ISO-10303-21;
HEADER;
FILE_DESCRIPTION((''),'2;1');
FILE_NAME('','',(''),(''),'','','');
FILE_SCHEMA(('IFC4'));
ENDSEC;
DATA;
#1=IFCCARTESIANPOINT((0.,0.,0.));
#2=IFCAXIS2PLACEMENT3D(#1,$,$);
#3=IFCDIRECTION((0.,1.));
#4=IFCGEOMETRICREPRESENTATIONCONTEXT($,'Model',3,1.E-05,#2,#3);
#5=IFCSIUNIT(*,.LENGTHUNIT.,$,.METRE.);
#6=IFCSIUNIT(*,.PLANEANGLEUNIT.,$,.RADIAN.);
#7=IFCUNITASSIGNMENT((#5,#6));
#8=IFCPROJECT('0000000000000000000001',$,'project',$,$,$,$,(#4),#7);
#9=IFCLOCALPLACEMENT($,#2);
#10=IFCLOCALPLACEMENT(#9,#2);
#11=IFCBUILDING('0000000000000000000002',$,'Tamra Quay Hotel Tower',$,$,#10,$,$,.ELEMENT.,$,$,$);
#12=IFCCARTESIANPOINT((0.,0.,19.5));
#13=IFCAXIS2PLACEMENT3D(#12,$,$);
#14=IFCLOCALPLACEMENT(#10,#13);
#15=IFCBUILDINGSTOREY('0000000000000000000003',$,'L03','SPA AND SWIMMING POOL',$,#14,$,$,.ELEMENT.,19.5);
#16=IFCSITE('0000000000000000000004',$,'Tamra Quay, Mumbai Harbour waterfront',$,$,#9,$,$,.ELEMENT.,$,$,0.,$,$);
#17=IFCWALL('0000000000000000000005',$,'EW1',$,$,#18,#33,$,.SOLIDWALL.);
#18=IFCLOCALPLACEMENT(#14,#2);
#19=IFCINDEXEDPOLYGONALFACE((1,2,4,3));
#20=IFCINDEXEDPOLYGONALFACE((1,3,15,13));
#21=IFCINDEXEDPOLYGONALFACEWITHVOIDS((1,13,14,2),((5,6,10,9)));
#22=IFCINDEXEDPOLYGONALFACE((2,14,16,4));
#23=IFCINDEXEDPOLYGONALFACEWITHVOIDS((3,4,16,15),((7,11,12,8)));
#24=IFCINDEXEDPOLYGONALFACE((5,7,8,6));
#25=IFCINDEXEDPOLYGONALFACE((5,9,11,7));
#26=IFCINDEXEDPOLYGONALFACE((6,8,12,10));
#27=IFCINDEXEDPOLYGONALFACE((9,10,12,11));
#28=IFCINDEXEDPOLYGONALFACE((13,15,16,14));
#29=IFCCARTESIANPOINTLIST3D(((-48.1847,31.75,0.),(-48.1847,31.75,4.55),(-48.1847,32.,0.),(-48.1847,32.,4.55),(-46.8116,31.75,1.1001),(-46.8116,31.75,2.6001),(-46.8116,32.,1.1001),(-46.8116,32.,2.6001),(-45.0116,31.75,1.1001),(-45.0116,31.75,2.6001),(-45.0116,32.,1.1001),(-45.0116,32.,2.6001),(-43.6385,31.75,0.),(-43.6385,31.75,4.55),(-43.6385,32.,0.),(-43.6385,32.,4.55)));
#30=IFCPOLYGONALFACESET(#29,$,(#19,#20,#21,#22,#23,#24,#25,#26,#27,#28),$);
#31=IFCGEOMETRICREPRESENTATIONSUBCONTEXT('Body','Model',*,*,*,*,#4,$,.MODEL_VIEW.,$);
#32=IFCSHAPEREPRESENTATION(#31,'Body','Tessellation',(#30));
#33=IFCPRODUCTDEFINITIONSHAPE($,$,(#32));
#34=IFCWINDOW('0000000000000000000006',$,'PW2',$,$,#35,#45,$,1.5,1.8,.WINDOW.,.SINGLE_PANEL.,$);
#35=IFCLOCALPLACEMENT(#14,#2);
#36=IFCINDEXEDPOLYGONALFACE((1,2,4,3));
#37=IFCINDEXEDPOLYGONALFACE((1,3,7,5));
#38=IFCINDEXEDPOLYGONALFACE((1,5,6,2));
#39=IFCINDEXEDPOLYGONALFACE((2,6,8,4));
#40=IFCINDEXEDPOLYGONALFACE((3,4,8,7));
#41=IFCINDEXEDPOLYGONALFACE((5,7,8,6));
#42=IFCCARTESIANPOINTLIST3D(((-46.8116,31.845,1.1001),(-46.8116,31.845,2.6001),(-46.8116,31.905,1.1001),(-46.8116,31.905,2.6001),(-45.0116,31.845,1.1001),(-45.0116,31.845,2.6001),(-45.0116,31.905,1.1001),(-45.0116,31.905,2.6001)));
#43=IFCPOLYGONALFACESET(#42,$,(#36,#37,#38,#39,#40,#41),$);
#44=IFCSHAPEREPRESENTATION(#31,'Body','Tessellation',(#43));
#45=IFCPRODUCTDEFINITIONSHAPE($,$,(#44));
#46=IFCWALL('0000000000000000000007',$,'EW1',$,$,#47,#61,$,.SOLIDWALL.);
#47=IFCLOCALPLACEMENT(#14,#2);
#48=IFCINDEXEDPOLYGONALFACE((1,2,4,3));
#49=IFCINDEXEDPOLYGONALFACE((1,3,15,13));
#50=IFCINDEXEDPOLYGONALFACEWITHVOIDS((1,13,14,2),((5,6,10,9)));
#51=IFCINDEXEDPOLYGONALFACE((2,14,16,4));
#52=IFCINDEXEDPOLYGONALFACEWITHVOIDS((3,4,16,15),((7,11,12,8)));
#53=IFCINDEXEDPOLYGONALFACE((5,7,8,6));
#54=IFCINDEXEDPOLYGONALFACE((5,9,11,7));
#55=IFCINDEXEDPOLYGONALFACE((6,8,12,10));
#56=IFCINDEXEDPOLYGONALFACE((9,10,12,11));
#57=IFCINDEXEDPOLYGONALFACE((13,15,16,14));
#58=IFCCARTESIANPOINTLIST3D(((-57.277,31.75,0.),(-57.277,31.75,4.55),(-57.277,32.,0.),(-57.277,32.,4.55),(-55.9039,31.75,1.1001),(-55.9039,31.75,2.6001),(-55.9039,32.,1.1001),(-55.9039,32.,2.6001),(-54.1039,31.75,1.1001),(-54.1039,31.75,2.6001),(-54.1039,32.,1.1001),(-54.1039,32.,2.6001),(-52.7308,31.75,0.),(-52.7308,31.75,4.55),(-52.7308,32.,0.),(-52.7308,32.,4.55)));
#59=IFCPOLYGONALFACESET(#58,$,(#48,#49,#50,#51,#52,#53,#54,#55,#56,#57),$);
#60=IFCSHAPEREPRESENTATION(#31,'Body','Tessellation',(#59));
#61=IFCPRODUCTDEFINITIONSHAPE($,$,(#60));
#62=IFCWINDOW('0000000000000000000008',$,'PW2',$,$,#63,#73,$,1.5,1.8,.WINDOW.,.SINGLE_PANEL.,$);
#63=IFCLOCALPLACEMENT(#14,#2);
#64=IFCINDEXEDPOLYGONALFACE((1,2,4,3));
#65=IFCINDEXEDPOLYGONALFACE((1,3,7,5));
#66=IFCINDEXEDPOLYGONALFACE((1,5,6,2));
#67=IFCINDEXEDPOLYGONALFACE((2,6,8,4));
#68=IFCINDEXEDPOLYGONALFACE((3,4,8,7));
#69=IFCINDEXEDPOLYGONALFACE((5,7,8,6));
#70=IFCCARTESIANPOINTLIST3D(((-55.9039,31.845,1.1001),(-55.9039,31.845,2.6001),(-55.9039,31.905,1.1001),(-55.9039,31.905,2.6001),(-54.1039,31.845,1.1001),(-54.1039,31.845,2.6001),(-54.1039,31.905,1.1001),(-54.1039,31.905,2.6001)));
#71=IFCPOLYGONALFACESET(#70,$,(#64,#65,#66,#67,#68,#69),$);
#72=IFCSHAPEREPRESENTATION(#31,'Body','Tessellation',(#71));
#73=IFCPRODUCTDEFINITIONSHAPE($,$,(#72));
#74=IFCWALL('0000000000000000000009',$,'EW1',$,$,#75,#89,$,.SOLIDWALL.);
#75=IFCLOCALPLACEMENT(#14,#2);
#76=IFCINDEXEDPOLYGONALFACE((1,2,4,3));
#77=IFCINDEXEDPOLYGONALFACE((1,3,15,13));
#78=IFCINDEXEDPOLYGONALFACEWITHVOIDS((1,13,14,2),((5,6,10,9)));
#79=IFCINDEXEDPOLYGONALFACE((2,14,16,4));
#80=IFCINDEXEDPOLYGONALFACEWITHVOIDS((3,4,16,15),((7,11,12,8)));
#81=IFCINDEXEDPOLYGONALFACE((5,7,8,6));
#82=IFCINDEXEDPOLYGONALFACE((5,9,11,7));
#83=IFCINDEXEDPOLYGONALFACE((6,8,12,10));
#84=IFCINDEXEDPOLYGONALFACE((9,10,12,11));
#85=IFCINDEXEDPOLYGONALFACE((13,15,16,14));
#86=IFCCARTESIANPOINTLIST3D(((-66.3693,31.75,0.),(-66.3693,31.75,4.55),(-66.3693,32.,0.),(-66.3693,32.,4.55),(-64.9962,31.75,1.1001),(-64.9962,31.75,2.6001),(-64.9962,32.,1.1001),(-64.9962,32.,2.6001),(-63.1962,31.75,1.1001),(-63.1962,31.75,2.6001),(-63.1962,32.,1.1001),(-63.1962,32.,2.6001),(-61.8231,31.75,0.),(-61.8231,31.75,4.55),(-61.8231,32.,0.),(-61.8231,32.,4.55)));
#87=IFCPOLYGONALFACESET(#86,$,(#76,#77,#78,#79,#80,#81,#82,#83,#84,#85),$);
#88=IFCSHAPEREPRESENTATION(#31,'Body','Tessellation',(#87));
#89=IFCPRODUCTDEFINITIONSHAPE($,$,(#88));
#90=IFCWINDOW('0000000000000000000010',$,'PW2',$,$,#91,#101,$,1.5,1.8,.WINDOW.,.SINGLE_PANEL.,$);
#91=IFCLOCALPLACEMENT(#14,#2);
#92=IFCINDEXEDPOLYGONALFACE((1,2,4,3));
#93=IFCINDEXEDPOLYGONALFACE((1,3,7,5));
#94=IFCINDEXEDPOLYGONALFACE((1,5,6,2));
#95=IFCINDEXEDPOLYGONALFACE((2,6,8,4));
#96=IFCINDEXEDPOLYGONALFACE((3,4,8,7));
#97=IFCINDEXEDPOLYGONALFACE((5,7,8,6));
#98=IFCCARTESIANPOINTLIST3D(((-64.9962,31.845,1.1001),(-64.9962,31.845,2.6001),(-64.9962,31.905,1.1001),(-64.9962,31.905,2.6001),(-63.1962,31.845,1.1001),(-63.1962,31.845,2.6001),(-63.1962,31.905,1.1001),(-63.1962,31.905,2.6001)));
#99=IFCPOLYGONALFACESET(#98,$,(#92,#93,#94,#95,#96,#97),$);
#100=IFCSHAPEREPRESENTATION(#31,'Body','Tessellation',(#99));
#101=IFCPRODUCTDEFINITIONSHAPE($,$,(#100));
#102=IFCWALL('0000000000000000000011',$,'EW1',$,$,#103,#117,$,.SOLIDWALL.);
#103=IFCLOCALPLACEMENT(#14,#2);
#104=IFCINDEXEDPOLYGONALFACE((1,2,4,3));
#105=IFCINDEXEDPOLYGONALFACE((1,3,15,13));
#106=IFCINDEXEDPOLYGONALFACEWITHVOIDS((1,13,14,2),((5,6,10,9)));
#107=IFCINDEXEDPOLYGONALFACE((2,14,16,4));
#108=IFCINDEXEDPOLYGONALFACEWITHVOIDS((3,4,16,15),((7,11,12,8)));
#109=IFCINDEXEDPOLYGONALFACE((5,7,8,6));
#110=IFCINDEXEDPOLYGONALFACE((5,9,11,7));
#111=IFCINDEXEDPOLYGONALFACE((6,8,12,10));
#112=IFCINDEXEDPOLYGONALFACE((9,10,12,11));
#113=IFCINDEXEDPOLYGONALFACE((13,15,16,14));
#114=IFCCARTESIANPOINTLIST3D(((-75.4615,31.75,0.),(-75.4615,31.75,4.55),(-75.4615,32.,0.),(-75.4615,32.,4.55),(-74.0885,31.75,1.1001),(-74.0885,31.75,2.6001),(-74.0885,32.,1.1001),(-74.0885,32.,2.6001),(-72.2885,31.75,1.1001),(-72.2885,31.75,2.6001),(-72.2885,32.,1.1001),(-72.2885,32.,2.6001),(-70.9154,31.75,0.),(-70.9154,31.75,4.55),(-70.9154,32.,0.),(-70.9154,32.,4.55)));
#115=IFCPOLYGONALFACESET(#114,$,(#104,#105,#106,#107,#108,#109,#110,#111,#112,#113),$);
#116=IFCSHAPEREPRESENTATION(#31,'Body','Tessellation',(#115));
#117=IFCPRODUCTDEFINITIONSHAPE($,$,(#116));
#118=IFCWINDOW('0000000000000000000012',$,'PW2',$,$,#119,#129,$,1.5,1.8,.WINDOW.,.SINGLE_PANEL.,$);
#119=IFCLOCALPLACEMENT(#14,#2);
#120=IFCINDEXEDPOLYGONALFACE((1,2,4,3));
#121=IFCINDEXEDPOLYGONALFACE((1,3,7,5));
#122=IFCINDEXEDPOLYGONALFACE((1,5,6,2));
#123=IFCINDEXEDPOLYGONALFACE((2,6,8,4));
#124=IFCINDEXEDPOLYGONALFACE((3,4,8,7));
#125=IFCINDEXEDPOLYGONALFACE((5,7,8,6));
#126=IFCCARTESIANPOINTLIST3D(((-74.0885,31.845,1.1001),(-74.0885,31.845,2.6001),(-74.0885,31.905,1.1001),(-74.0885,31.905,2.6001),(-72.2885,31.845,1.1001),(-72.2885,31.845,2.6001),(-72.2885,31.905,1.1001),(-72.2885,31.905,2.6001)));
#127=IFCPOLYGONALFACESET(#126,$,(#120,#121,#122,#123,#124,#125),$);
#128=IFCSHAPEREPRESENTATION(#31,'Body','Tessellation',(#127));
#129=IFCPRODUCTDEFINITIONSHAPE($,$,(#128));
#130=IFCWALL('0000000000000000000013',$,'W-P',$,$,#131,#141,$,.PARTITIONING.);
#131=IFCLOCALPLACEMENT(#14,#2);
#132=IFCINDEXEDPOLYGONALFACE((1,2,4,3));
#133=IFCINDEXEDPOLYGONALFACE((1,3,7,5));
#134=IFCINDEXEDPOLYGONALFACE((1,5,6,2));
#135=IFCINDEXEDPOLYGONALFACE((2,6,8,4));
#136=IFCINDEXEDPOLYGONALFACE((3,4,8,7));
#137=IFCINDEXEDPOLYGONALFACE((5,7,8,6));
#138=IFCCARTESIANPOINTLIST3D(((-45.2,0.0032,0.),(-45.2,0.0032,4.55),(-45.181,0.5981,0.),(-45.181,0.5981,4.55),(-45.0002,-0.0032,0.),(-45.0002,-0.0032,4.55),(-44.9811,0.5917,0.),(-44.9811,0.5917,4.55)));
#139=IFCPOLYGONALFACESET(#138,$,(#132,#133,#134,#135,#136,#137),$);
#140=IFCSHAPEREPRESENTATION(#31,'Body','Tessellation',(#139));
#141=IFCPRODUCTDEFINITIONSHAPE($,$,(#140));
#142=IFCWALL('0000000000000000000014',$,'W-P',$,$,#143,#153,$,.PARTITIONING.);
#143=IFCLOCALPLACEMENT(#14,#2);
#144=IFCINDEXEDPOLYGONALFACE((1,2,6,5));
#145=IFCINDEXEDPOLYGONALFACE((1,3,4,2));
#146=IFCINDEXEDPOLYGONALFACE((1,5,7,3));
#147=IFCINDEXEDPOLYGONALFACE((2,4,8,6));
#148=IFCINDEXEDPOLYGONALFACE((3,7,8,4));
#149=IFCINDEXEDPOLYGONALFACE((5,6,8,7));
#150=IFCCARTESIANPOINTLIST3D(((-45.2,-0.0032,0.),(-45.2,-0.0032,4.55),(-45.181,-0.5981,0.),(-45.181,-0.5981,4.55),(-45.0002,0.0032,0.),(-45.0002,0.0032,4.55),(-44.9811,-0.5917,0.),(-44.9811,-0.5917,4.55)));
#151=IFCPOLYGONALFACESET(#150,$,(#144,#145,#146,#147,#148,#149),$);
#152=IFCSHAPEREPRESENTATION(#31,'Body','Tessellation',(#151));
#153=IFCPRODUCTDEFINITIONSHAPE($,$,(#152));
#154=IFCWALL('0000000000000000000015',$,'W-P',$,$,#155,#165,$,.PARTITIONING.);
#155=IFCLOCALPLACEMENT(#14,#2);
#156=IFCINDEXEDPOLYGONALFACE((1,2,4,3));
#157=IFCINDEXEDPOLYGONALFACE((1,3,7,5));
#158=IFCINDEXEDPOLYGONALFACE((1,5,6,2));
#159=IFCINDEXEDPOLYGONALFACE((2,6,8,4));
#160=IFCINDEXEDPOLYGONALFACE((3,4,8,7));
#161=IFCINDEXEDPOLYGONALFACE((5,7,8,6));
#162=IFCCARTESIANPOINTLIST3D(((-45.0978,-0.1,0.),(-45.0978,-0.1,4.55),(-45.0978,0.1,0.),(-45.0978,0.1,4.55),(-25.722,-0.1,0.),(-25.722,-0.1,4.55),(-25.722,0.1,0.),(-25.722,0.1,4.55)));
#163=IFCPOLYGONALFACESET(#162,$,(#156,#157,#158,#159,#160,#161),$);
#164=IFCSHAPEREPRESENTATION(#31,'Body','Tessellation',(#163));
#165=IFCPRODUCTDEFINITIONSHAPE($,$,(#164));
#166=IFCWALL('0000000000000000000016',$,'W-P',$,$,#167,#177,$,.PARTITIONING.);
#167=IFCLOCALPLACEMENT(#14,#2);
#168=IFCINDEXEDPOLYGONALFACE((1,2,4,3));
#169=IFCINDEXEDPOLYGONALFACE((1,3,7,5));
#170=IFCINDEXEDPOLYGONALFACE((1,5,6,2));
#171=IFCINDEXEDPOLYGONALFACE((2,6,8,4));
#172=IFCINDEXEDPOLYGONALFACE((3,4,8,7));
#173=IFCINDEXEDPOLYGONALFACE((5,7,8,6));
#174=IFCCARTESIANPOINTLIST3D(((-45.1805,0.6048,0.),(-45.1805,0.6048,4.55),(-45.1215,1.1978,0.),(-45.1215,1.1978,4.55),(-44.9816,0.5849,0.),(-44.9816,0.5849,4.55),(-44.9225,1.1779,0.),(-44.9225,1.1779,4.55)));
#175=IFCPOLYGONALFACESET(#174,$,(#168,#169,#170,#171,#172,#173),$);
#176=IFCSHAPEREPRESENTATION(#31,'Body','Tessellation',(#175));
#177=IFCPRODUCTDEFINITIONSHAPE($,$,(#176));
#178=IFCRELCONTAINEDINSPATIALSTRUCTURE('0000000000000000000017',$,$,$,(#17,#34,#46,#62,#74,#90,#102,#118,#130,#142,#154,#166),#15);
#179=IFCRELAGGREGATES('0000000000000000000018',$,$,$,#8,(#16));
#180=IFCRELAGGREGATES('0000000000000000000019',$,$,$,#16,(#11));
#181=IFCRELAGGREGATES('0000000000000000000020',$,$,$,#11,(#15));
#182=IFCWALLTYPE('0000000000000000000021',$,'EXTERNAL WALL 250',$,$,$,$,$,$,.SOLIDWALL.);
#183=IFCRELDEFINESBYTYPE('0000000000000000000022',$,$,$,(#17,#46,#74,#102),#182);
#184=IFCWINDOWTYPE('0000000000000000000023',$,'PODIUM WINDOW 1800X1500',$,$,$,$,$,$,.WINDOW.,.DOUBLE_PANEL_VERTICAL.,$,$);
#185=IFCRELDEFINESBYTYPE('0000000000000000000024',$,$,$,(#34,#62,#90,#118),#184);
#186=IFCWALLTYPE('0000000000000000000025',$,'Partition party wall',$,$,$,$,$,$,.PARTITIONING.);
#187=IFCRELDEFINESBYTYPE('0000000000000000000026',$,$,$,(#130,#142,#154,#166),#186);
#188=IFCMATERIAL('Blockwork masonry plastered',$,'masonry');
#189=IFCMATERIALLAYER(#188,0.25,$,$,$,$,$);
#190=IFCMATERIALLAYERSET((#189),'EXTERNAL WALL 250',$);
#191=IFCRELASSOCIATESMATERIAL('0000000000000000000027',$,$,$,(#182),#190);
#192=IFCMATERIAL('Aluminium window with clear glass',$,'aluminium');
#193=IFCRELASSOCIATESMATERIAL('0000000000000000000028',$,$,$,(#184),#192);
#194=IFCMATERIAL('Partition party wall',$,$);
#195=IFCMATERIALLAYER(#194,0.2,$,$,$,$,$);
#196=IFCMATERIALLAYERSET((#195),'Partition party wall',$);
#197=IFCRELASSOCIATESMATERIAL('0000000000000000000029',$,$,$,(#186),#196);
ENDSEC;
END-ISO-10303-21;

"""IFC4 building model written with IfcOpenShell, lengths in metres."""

from ifc_helpers import new_model, si_unit, direction, frame, frame_2d, origin, place, context, subcontext, project, spatial, rectangle, extrude, material, layer, layer_set, type_object, element, fill, save


model = new_model("IFC4")

# Units and contexts
model_context = context("Model", 3, precision=1e-05, world=origin(), true_north=direction((0.0, 1.0)))
body_context = subcontext(model_context, "Body", "Model", "MODEL_VIEW")
ifc_project = project(units=[si_unit("LENGTHUNIT", "METRE"), si_unit("PLANEANGLEUNIT", "RADIAN")], contexts=[model_context])

# Site, building, storey
site_placement = place(None, origin())
site = spatial("IfcSite", under=ifc_project, at=site_placement, Name="Tamra Quay, Mumbai Harbour waterfront", CompositionType="ELEMENT", RefElevation=0.0)
building_placement = place(site_placement, origin())
building = spatial("IfcBuilding", under=site, at=building_placement, Name="Tamra Quay Hotel Tower", CompositionType="ELEMENT")
storey_placement = place(building_placement, frame((0.0, 0.0, 19.5)))
storey = spatial("IfcBuildingStorey", under=building, at=storey_placement, Name="L03", Description="SPA AND SWIMMING POOL", CompositionType="ELEMENT", Elevation=19.5)

# Walls, openings, windows
ifc_material_1 = material(Name="Blockwork masonry plastered", Category="masonry")
ifc_layer_1 = layer(ifc_material_1, 0.25)
ifc_layer_set_1 = layer_set([ifc_layer_1], Name="EXTERNAL WALL 250")
wall_type_1 = type_object("IfcWallType", Name="EXTERNAL WALL 250", PredefinedType="SOLIDWALL", material=ifc_layer_set_1)
wall_1_placement = place(storey_placement, frame((-48.1846, 31.875, 0.0), z_axis=(0.0, 0.0, 1.0), x_axis=(1.0, 0.0, 0.0)))
wall_1 = element("IfcWall", 1, at=wall_1_placement, inside=storey, type_object=wall_type_1, Name="EW1", PredefinedType="SOLIDWALL", context=body_context, shape_type="SweptSolid", body=[
    extrude(rectangle(XDim=4.5461, YDim=0.25, at=frame_2d((2.2729, 0.0))), origin(), (0.0, 0.0, 1.0), 4.55),
])
opening_1_placement = place(wall_1_placement, frame((1.373, 0.0, 1.1001)))
opening_1 = element("IfcOpeningElement", 2, at=opening_1_placement, cuts=wall_1, PredefinedType="OPENING", context=body_context, shape_type="SweptSolid", body=[
    extrude(rectangle(XDim=1.8, YDim=1.5, at=frame_2d((0.8999, 0.75))), frame((0.0, 0.135, 0.0), z_axis=(0.0, -1.0, 0.0), x_axis=(1.0, 0.0, 0.0)), (0.0, 0.0, 1.0), 0.27),
])
ifc_material_2 = material(Name="Aluminium window with clear glass", Category="aluminium")
window_type = type_object("IfcWindowType", Name="PODIUM WINDOW 1800X1500", PartitioningType="DOUBLE_PANEL_VERTICAL", PredefinedType="WINDOW", material=ifc_material_2)
window_1_placement = place(opening_1_placement, origin())
window_1 = element("IfcWindow", 3, at=window_1_placement, inside=storey, type_object=window_type, Name="PW2", OverallHeight=1.5, OverallWidth=1.8, PartitioningType="SINGLE_PANEL", PredefinedType="WINDOW", context=body_context, shape_type="SweptSolid", body=[
    extrude(rectangle(XDim=1.8, YDim=1.5, at=frame_2d((0.8999, 0.75))), frame((0.0, 0.03, 0.0), z_axis=(0.0, -1.0, 0.0), x_axis=(1.0, 0.0, 0.0)), (0.0, 0.0, 1.0), 0.0601),
])
fill(opening_1, window_1)
wall_2_placement = place(storey_placement, frame((-57.2769, 31.875, 0.0), z_axis=(0.0, 0.0, 1.0), x_axis=(1.0, 0.0, 0.0)))
wall_2 = element("IfcWall", 4, at=wall_2_placement, inside=storey, type_object=wall_type_1, Name="EW1", PredefinedType="SOLIDWALL", context=body_context, shape_type="SweptSolid", body=[
    extrude(rectangle(XDim=4.5461, YDim=0.25, at=frame_2d((2.2729, 0.0))), origin(), (0.0, 0.0, 1.0), 4.55),
])
opening_2_placement = place(wall_2_placement, frame((1.373, 0.0, 1.1001)))
opening_2 = element("IfcOpeningElement", 5, at=opening_2_placement, cuts=wall_2, PredefinedType="OPENING", context=body_context, shape_type="SweptSolid", body=[
    extrude(rectangle(XDim=1.8, YDim=1.5, at=frame_2d((0.8999, 0.75))), frame((0.0, 0.135, 0.0), z_axis=(0.0, -1.0, 0.0), x_axis=(1.0, 0.0, 0.0)), (0.0, 0.0, 1.0), 0.27),
])
window_2_placement = place(opening_2_placement, origin())
window_2 = element("IfcWindow", 6, at=window_2_placement, inside=storey, type_object=window_type, Name="PW2", OverallHeight=1.5, OverallWidth=1.8, PartitioningType="SINGLE_PANEL", PredefinedType="WINDOW", context=body_context, shape_type="SweptSolid", body=[
    extrude(rectangle(XDim=1.8, YDim=1.5, at=frame_2d((0.8999, 0.75))), frame((0.0, 0.03, 0.0), z_axis=(0.0, -1.0, 0.0), x_axis=(1.0, 0.0, 0.0)), (0.0, 0.0, 1.0), 0.0601),
])
fill(opening_2, window_2)
wall_3_placement = place(storey_placement, frame((-66.3691, 31.875, 0.0), z_axis=(0.0, 0.0, 1.0), x_axis=(1.0, 0.0, 0.0)))
wall_3 = element("IfcWall", 7, at=wall_3_placement, inside=storey, type_object=wall_type_1, Name="EW1", PredefinedType="SOLIDWALL", context=body_context, shape_type="SweptSolid", body=[
    extrude(rectangle(XDim=4.5461, YDim=0.25, at=frame_2d((2.2729, 0.0))), origin(), (0.0, 0.0, 1.0), 4.55),
])
opening_3_placement = place(wall_3_placement, frame((1.373, 0.0, 1.1001)))
opening_3 = element("IfcOpeningElement", 8, at=opening_3_placement, cuts=wall_3, PredefinedType="OPENING", context=body_context, shape_type="SweptSolid", body=[
    extrude(rectangle(XDim=1.8, YDim=1.5, at=frame_2d((0.8999, 0.75))), frame((0.0, 0.135, 0.0), z_axis=(0.0, -1.0, 0.0), x_axis=(1.0, 0.0, 0.0)), (0.0, 0.0, 1.0), 0.27),
])
window_3_placement = place(opening_3_placement, origin())
window_3 = element("IfcWindow", 9, at=window_3_placement, inside=storey, type_object=window_type, Name="PW2", OverallHeight=1.5, OverallWidth=1.8, PartitioningType="SINGLE_PANEL", PredefinedType="WINDOW", context=body_context, shape_type="SweptSolid", body=[
    extrude(rectangle(XDim=1.8, YDim=1.5, at=frame_2d((0.8999, 0.75))), frame((0.0, 0.03, 0.0), z_axis=(0.0, -1.0, 0.0), x_axis=(1.0, 0.0, 0.0)), (0.0, 0.0, 1.0), 0.0601),
])
fill(opening_3, window_3)
wall_4_placement = place(storey_placement, frame((-75.4614, 31.875, 0.0), z_axis=(0.0, 0.0, 1.0), x_axis=(1.0, 0.0, 0.0)))
wall_4 = element("IfcWall", 10, at=wall_4_placement, inside=storey, type_object=wall_type_1, Name="EW1", PredefinedType="SOLIDWALL", context=body_context, shape_type="SweptSolid", body=[
    extrude(rectangle(XDim=4.5461, YDim=0.25, at=frame_2d((2.2729, 0.0))), origin(), (0.0, 0.0, 1.0), 4.55),
])
opening_4_placement = place(wall_4_placement, frame((1.373, 0.0, 1.1001)))
opening_4 = element("IfcOpeningElement", 11, at=opening_4_placement, cuts=wall_4, PredefinedType="OPENING", context=body_context, shape_type="SweptSolid", body=[
    extrude(rectangle(XDim=1.8, YDim=1.5, at=frame_2d((0.8999, 0.75))), frame((0.0, 0.135, 0.0), z_axis=(0.0, -1.0, 0.0), x_axis=(1.0, 0.0, 0.0)), (0.0, 0.0, 1.0), 0.27),
])
window_4_placement = place(opening_4_placement, origin())
window_4 = element("IfcWindow", 12, at=window_4_placement, inside=storey, type_object=window_type, Name="PW2", OverallHeight=1.5, OverallWidth=1.8, PartitioningType="SINGLE_PANEL", PredefinedType="WINDOW", context=body_context, shape_type="SweptSolid", body=[
    extrude(rectangle(XDim=1.8, YDim=1.5, at=frame_2d((0.8999, 0.75))), frame((0.0, 0.03, 0.0), z_axis=(0.0, -1.0, 0.0), x_axis=(1.0, 0.0, 0.0)), (0.0, 0.0, 1.0), 0.0601),
])
fill(opening_4, window_4)

# Walls
ifc_material_3 = material(Name="Partition party wall")
ifc_layer_2 = layer(ifc_material_3, 0.2)
ifc_layer_set_2 = layer_set([ifc_layer_2], Name="Partition party wall")
wall_type_2 = type_object("IfcWallType", Name="Partition party wall", PredefinedType="PARTITIONING", material=ifc_layer_set_2)
for number, where, z_axis, x_axis, name in (
    (13, (-45.1001, 0.0, 0.0), (0.0, 0.0, 1.0), (0.03199, 0.999488, 0.0), "W-P"),
    (14, (-45.1001, 0.0, 0.0), (0.0, 0.0, 1.0), (0.03199, -0.999488, 0.0), "W-P"),
):
    element("IfcWall", number, at=place(storey_placement, frame(where, z_axis=z_axis, x_axis=x_axis)), inside=storey, type_object=wall_type_2, Name=name, PredefinedType="PARTITIONING", context=body_context, shape_type="SweptSolid", body=[
        extrude(rectangle(XDim=0.5952, YDim=0.2, at=frame_2d((0.2976, 0.0))), origin(), (0.0, 0.0, 1.0), 4.55),
    ])
wall_5_placement = place(storey_placement, frame((-45.0979, 0.0, 0.0), z_axis=(0.0, 0.0, 1.0), x_axis=(1.0, 0.0, 0.0)))
element("IfcWall", 15, at=wall_5_placement, inside=storey, type_object=wall_type_2, Name="W-P", PredefinedType="PARTITIONING", context=body_context, shape_type="SweptSolid", body=[
    extrude(rectangle(XDim=19.3757, YDim=0.2, at=frame_2d((9.688, 0.0))), origin(), (0.0, 0.0, 1.0), 4.55),
])
wall_6_placement = place(storey_placement, frame((-45.0811, 0.595, 0.0), z_axis=(0.0, 0.0, 1.0), x_axis=(0.099139, 0.995074, 0.0)))
element("IfcWall", 16, at=wall_6_placement, inside=storey, type_object=wall_type_2, Name="W-P", PredefinedType="PARTITIONING", context=body_context, shape_type="SweptSolid", body=[
    extrude(rectangle(XDim=0.5959, YDim=0.2, at=frame_2d((0.2979, 0.0))), origin(), (0.0, 0.0, 1.0), 4.55),
])

save(model, "model.ifc")
